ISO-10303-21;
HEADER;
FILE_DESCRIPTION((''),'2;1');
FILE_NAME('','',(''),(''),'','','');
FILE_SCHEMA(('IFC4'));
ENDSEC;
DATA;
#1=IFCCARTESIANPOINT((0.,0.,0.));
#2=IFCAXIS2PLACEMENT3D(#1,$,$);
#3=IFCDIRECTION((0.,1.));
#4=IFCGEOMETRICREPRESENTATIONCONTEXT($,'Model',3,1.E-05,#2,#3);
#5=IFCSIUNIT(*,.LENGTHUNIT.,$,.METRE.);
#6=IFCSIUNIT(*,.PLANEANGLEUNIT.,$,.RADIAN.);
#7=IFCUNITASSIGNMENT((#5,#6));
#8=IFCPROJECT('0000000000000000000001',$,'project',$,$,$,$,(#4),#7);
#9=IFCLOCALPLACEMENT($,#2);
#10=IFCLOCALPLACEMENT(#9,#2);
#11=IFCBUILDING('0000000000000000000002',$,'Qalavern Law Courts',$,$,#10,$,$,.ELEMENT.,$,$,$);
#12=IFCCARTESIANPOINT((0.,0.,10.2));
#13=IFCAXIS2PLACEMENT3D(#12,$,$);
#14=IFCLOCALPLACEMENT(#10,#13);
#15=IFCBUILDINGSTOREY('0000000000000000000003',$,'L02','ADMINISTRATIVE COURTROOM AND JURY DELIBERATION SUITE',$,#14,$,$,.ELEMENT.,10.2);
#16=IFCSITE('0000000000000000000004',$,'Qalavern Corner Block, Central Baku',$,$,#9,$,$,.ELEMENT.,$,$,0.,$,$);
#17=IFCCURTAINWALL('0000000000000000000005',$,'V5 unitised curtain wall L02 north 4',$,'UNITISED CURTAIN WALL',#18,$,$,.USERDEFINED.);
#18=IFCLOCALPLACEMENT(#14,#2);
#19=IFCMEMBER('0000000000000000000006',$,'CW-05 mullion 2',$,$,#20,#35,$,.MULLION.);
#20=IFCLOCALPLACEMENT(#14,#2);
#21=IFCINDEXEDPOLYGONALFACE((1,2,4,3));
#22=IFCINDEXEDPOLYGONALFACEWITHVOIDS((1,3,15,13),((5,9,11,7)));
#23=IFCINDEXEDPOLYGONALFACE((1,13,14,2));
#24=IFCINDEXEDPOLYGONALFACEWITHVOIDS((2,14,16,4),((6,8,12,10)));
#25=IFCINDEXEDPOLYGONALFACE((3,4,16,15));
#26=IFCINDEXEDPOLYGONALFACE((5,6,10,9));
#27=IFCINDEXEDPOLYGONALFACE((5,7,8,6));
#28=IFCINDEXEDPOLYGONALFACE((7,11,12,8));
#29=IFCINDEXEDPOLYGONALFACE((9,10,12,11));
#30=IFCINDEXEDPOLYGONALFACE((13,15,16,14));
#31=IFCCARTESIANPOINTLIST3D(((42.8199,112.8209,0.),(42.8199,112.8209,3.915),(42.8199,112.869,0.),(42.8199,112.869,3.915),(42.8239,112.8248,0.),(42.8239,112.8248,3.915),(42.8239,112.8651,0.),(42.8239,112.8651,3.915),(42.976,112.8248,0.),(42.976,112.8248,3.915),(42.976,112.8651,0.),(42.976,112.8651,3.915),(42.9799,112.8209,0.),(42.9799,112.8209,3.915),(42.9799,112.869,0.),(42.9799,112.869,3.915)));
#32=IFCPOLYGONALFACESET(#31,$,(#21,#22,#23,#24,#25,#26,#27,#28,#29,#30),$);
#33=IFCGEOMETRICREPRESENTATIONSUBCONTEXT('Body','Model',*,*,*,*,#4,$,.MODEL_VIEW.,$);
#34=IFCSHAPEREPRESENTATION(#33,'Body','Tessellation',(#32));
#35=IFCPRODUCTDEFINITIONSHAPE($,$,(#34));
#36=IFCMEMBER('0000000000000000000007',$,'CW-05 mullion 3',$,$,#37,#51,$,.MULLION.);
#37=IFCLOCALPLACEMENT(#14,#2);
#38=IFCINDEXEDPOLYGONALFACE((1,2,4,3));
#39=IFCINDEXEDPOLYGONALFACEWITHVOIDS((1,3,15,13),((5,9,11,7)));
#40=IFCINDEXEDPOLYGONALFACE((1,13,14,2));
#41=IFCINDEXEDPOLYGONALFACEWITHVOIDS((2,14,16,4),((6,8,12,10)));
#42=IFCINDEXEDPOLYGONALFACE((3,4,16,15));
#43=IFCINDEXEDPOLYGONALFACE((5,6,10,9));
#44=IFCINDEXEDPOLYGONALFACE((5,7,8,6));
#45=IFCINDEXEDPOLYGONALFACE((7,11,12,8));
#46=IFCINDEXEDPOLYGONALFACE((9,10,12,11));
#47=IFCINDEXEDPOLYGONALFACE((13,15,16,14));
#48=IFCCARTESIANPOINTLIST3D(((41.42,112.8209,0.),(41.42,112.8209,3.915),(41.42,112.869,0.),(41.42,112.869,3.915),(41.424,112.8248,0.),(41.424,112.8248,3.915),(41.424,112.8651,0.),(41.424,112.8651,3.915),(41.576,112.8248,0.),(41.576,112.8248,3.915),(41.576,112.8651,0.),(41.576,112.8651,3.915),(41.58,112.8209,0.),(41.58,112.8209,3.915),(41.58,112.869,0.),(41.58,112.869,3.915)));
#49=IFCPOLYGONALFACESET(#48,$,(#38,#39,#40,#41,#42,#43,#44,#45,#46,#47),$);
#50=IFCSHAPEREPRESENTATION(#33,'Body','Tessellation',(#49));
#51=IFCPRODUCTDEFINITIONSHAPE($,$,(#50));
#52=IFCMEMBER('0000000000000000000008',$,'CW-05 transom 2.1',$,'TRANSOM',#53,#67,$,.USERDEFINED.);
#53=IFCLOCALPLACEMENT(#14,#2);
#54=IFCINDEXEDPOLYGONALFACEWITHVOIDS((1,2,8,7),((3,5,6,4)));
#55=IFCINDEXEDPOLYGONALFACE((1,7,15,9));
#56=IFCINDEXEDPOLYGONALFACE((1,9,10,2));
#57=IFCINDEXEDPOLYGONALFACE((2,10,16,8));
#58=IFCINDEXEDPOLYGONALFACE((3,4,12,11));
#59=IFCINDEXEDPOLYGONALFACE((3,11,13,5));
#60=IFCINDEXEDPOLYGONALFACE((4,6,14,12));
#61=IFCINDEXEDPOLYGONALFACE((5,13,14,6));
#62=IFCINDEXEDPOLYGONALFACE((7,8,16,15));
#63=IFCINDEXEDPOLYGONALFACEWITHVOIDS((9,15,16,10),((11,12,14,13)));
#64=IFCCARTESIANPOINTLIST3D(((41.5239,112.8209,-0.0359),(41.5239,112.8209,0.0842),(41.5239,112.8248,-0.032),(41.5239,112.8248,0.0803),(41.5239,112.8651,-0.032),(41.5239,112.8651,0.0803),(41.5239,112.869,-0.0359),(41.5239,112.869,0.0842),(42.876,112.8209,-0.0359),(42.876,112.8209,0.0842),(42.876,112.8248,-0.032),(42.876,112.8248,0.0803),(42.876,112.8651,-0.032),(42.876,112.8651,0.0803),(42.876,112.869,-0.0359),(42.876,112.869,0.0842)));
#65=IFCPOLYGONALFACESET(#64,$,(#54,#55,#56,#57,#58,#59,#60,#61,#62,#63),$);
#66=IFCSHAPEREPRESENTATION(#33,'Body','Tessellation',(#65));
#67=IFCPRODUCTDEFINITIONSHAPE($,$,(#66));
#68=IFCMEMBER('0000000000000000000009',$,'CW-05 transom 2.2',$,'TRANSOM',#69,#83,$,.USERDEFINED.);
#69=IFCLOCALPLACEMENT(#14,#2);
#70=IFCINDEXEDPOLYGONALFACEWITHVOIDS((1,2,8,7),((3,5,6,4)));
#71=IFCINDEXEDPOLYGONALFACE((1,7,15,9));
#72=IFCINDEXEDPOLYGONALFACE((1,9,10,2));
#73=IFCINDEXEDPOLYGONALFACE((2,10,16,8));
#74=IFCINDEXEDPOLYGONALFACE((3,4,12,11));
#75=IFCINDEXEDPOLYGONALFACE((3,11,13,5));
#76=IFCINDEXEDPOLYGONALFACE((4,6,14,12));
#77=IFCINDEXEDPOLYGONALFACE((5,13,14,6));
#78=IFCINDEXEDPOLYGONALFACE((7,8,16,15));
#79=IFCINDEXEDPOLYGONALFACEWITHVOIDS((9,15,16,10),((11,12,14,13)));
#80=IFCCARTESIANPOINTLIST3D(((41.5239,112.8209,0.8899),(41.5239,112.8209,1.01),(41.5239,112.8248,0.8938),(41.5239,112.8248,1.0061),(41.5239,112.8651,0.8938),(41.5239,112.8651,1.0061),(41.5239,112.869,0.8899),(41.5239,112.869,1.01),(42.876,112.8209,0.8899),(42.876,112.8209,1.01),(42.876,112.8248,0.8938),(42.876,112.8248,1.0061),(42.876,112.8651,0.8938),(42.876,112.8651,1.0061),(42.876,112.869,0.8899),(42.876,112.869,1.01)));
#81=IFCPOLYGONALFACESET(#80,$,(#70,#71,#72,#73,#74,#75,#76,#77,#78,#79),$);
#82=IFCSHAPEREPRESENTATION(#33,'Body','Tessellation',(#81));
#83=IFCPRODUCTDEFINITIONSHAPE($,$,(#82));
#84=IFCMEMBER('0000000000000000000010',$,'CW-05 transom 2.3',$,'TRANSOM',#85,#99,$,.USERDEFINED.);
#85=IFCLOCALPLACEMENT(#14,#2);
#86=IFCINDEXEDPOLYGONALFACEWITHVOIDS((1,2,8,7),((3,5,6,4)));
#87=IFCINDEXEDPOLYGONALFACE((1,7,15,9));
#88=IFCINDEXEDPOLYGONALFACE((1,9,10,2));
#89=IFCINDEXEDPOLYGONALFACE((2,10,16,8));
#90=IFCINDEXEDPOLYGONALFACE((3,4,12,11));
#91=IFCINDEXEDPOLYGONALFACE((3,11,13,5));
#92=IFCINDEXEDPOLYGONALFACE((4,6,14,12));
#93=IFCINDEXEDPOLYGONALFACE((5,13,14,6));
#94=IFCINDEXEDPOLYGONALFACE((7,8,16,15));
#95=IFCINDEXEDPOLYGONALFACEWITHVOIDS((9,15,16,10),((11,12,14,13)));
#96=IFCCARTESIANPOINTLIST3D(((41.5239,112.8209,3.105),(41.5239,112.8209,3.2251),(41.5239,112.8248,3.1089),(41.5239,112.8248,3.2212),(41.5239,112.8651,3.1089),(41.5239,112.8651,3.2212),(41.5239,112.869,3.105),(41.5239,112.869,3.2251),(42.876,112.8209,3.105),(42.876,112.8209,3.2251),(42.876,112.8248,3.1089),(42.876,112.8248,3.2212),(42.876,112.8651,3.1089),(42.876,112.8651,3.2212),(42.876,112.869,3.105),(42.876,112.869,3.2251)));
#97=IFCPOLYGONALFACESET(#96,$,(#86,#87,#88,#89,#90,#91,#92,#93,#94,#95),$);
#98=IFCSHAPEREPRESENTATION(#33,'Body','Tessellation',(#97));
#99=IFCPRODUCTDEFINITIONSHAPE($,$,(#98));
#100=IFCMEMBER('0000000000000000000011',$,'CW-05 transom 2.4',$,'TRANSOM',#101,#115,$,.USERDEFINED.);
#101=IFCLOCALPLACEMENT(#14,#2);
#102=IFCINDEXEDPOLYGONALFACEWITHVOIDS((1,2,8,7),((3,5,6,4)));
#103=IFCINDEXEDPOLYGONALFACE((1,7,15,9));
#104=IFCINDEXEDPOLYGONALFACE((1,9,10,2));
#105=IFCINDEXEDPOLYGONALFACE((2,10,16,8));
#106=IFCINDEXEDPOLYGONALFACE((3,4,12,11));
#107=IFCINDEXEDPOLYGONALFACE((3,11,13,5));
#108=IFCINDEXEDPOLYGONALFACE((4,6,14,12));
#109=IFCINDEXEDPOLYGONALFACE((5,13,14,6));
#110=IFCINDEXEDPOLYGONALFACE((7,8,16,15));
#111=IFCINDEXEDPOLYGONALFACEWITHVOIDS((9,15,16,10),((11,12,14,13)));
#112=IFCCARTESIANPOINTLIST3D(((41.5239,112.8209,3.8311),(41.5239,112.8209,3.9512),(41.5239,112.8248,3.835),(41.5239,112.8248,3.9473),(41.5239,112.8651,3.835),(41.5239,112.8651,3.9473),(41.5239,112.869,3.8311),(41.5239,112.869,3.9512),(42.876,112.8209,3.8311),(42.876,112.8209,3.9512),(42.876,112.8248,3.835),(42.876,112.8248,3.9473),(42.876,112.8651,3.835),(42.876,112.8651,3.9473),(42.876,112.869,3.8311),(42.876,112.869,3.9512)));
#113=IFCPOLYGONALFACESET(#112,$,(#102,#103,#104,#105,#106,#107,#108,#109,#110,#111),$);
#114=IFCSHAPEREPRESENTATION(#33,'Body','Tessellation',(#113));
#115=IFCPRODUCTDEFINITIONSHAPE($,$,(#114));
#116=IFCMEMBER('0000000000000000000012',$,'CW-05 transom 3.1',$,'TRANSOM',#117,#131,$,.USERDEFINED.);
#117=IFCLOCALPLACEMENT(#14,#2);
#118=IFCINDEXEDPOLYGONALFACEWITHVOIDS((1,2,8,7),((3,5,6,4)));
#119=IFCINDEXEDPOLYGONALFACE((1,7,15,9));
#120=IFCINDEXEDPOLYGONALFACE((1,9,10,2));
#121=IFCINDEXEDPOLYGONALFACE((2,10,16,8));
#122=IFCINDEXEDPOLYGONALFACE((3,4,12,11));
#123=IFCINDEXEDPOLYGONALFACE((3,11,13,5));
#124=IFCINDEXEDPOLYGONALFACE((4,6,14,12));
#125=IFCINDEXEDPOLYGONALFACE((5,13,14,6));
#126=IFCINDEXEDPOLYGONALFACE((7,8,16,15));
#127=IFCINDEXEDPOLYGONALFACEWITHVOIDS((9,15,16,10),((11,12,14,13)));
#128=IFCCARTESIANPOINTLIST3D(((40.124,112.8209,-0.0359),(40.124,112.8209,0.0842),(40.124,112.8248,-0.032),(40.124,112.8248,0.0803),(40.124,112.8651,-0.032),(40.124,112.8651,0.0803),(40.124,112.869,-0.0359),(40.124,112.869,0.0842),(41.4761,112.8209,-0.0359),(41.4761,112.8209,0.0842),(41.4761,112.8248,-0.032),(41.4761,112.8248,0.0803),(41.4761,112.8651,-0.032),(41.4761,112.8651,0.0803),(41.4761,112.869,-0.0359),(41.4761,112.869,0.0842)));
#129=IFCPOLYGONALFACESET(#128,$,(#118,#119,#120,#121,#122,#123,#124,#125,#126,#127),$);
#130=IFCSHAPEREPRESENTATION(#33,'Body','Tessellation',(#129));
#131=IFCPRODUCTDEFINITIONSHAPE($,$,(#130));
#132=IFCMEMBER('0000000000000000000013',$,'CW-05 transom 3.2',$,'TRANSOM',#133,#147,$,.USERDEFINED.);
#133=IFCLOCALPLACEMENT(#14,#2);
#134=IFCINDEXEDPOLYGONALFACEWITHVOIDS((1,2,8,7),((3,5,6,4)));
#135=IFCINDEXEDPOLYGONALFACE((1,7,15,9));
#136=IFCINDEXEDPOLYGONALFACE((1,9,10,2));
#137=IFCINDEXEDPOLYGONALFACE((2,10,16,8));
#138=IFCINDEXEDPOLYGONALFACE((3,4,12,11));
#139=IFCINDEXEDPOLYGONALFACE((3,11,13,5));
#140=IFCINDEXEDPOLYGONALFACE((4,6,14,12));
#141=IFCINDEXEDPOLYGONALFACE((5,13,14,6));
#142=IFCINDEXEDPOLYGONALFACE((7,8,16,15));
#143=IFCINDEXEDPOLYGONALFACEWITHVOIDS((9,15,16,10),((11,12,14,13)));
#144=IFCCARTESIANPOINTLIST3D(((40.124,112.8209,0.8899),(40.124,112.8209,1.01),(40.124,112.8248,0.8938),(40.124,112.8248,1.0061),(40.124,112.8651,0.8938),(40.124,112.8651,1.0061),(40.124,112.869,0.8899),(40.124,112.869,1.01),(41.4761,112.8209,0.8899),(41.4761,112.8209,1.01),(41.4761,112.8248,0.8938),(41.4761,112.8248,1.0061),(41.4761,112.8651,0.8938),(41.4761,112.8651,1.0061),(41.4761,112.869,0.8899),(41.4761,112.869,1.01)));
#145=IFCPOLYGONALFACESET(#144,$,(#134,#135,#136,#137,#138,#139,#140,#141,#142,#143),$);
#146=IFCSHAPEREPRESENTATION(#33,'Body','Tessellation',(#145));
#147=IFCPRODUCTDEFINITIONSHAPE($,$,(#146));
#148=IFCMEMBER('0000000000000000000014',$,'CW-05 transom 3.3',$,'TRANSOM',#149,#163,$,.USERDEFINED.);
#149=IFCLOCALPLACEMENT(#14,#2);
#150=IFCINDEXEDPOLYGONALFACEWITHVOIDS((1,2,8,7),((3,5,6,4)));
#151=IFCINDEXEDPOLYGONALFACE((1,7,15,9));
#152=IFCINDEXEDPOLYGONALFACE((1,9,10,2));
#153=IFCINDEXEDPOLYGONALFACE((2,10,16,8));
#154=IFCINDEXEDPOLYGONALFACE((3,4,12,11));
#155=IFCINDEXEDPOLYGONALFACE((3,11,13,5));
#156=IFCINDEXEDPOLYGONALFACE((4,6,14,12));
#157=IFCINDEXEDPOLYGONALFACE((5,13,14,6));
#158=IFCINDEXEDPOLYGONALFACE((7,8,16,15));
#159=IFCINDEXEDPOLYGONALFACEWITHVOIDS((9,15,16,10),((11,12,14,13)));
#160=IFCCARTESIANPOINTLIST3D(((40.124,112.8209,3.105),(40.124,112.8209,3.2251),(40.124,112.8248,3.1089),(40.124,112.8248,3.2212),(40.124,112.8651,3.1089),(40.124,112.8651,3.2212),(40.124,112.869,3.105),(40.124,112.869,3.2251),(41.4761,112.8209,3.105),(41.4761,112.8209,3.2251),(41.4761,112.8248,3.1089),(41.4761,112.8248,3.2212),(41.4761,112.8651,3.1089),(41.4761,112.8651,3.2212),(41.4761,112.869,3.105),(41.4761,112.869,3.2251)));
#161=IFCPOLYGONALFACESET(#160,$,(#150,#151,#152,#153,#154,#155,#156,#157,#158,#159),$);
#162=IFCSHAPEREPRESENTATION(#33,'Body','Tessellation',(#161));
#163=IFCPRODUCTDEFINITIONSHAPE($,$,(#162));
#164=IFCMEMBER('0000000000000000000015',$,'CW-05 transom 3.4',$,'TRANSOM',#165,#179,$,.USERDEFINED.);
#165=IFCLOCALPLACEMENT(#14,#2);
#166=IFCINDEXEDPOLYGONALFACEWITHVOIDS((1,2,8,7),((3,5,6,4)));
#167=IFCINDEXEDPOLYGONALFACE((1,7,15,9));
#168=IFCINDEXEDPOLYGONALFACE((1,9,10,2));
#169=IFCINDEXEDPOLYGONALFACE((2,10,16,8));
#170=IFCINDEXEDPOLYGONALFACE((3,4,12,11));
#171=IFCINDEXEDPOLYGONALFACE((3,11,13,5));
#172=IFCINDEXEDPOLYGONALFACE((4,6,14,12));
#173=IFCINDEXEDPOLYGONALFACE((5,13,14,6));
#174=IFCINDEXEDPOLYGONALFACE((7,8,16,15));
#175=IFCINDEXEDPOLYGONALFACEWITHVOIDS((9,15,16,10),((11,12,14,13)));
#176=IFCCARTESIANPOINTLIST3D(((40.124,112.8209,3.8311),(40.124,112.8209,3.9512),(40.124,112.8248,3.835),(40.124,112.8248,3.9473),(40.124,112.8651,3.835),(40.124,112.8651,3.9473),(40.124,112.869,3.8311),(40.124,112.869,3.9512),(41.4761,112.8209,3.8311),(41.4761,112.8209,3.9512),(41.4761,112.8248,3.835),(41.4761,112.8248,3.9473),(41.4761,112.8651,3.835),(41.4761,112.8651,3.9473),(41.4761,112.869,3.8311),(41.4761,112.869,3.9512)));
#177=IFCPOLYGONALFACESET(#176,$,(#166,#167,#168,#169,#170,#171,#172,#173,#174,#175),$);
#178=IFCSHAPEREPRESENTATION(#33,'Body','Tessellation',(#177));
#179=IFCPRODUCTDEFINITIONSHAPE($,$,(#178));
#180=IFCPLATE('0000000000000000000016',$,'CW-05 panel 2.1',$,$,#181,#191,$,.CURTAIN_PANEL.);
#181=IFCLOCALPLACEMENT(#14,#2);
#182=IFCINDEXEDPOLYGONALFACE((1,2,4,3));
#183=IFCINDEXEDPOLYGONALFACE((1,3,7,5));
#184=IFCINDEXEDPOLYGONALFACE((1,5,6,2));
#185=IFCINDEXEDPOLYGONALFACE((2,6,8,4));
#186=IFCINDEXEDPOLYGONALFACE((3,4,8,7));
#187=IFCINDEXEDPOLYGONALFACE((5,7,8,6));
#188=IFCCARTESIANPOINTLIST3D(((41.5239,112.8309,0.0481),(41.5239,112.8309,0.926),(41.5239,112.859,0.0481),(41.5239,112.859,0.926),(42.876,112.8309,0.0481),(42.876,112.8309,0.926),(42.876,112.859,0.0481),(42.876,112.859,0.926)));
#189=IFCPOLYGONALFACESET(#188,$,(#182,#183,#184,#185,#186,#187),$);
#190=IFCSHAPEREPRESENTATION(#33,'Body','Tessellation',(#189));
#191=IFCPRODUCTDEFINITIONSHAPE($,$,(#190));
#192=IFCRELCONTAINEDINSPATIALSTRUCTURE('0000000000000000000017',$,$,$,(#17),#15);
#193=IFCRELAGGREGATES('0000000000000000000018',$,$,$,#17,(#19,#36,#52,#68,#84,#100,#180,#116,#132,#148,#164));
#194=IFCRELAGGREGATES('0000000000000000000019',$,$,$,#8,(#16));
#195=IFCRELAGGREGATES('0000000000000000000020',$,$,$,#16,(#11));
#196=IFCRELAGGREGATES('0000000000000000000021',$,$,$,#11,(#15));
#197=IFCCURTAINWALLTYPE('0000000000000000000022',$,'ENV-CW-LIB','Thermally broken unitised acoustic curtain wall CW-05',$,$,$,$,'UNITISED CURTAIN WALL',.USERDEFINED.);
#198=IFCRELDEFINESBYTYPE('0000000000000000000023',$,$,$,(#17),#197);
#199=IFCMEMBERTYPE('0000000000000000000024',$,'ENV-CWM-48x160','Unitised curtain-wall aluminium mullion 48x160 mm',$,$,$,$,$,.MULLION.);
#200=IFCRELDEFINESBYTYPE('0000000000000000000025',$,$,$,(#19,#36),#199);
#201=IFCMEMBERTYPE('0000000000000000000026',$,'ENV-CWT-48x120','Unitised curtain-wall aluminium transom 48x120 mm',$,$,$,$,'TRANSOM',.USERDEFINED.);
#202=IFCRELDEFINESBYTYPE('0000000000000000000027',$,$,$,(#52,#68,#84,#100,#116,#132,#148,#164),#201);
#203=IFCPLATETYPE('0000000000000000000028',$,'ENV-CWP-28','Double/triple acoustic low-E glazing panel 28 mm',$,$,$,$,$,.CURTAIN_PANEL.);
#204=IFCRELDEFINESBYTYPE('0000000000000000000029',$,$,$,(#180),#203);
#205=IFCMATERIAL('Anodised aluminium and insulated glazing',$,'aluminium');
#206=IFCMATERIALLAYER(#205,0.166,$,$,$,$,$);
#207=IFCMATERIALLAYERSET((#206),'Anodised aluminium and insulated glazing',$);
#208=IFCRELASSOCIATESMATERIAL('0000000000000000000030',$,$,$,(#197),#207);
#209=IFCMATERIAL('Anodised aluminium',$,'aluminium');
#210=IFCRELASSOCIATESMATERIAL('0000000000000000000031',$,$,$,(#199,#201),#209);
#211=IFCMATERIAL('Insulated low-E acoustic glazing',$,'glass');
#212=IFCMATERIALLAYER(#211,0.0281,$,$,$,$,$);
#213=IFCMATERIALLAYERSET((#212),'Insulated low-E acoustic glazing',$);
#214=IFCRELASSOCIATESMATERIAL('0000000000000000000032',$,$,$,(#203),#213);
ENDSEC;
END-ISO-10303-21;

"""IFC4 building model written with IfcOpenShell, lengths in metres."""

from ifc_helpers import new_model, si_unit, direction, frame, origin, origin_2d, place, context, subcontext, project, spatial, rectangle, hollow_rectangle, extrude, material, layer, layer_set, material_profile, profile_set, type_object, element, aggregate, save


model = new_model("IFC4")

# Units and contexts
model_context = context("Model", 3, precision=1e-05, world=origin(), true_north=direction((0.0, 1.0)))
body_context = subcontext(model_context, "Body", "Model", "MODEL_VIEW")
ifc_project = project(units=[si_unit("LENGTHUNIT", "METRE"), si_unit("PLANEANGLEUNIT", "RADIAN")], contexts=[model_context])

# Site, building, storey
site_placement = place(None, origin())
site = spatial("IfcSite", under=ifc_project, at=site_placement, Name="Qalavern Corner Block, Central Baku", CompositionType="ELEMENT", RefElevation=0.0)
building_placement = place(site_placement, origin())
building = spatial("IfcBuilding", under=site, at=building_placement, Name="Qalavern Law Courts", CompositionType="ELEMENT")
storey_placement = place(building_placement, frame((0.0, 0.0, 10.2)))
storey = spatial("IfcBuildingStorey", under=building, at=storey_placement, Name="L02", Description="ADMINISTRATIVE COURTROOM AND JURY DELIBERATION SUITE", CompositionType="ELEMENT", Elevation=10.2)

# Curtain wall, members, plate
ifc_material_1 = material(Name="Anodised aluminium and insulated glazing", Category="aluminium")
ifc_layer_1 = layer(ifc_material_1, 0.166)
ifc_layer_set_1 = layer_set([ifc_layer_1], Name="Anodised aluminium and insulated glazing")
curtain_wall_type = type_object("IfcCurtainWallType", Name="ENV-CW-LIB", Description="Thermally broken unitised acoustic curtain wall CW-05", ElementType="UNITISED CURTAIN WALL", PredefinedType="USERDEFINED", material=ifc_layer_set_1)
curtain_wall_placement = place(storey_placement, origin())
curtain_wall = element("IfcCurtainWall", 1, at=curtain_wall_placement, inside=storey, type_object=curtain_wall_type, Name="V5 unitised curtain wall L02 north 4", ObjectType="UNITISED CURTAIN WALL", PredefinedType="USERDEFINED")
ifc_material_2 = material(Name="Anodised aluminium", Category="aluminium")
ifc_material_profile_1 = material_profile(ifc_material_2, hollow_rectangle(XDim=0.0481, YDim=0.1599, WallThickness=0.0039, at=origin_2d()), Name="ALU MULLION 48x160")
ifc_profile_set_1 = profile_set([ifc_material_profile_1], Name="Anodised aluminium")
member_type_1 = type_object("IfcMemberType", Name="ENV-CWM-48x160", Description="Unitised curtain-wall aluminium mullion 48x160 mm", PredefinedType="MULLION", material=ifc_profile_set_1)
member_1_placement = place(storey_placement, frame((42.8999, 112.845, 0.0), z_axis=(0.0, 0.0, 1.0), x_axis=(0.0, -1.0, 0.0)))
member_1 = element("IfcMember", 2, at=member_1_placement, type_object=member_type_1, Name="CW-05 mullion 2", PredefinedType="MULLION", context=body_context, shape_type="SweptSolid", body=[
    extrude(hollow_rectangle(XDim=0.0481, YDim=0.1599, WallThickness=0.0039, at=origin_2d()), origin(), (0.0, 0.0, 1.0), 3.915),
])
member_2_placement = place(storey_placement, frame((41.5, 112.845, 0.0), z_axis=(0.0, 0.0, 1.0), x_axis=(0.0, -1.0, 0.0)))
member_2 = element("IfcMember", 3, at=member_2_placement, type_object=member_type_1, Name="CW-05 mullion 3", PredefinedType="MULLION", context=body_context, shape_type="SweptSolid", body=[
    extrude(hollow_rectangle(XDim=0.0481, YDim=0.1599, WallThickness=0.0039, at=origin_2d()), origin(), (0.0, 0.0, 1.0), 3.915),
])
ifc_material_profile_2 = material_profile(ifc_material_2, hollow_rectangle(XDim=0.0481, YDim=0.1201, WallThickness=0.0039, at=origin_2d()), Name="ALU TRANSOM 48x120")
ifc_profile_set_2 = profile_set([ifc_material_profile_2], Name="Anodised aluminium")
member_type_2 = type_object("IfcMemberType", Name="ENV-CWT-48x120", Description="Unitised curtain-wall aluminium transom 48x120 mm", ElementType="TRANSOM", PredefinedType="USERDEFINED", material=ifc_profile_set_2)
member_3_placement = place(storey_placement, frame((42.876, 112.845, 0.0242), z_axis=(-1.0, 0.0, 0.0), x_axis=(0.0, -1.0, 0.0)))
member_3 = element("IfcMember", 4, at=member_3_placement, type_object=member_type_2, Name="CW-05 transom 2.1", ObjectType="TRANSOM", PredefinedType="USERDEFINED", context=body_context, shape_type="SweptSolid", body=[
    extrude(hollow_rectangle(XDim=0.0481, YDim=0.1201, WallThickness=0.0039, at=origin_2d()), origin(), (0.0, 0.0, 1.0), 1.3521),
])
member_4_placement = place(storey_placement, frame((42.876, 112.845, 0.95), z_axis=(-1.0, 0.0, 0.0), x_axis=(0.0, -1.0, 0.0)))
member_4 = element("IfcMember", 5, at=member_4_placement, type_object=member_type_2, Name="CW-05 transom 2.2", ObjectType="TRANSOM", PredefinedType="USERDEFINED", context=body_context, shape_type="SweptSolid", body=[
    extrude(hollow_rectangle(XDim=0.0481, YDim=0.1201, WallThickness=0.0039, at=origin_2d()), origin(), (0.0, 0.0, 1.0), 1.3521),
])
member_5_placement = place(storey_placement, frame((42.876, 112.845, 3.165), z_axis=(-1.0, 0.0, 0.0), x_axis=(0.0, -1.0, 0.0)))
member_5 = element("IfcMember", 6, at=member_5_placement, type_object=member_type_2, Name="CW-05 transom 2.3", ObjectType="TRANSOM", PredefinedType="USERDEFINED", context=body_context, shape_type="SweptSolid", body=[
    extrude(hollow_rectangle(XDim=0.0481, YDim=0.1201, WallThickness=0.0039, at=origin_2d()), origin(), (0.0, 0.0, 1.0), 1.3521),
])
member_6_placement = place(storey_placement, frame((42.876, 112.845, 3.8911), z_axis=(-1.0, 0.0, 0.0), x_axis=(0.0, -1.0, 0.0)))
member_6 = element("IfcMember", 7, at=member_6_placement, type_object=member_type_2, Name="CW-05 transom 2.4", ObjectType="TRANSOM", PredefinedType="USERDEFINED", context=body_context, shape_type="SweptSolid", body=[
    extrude(hollow_rectangle(XDim=0.0481, YDim=0.1201, WallThickness=0.0039, at=origin_2d()), origin(), (0.0, 0.0, 1.0), 1.3521),
])
member_7_placement = place(storey_placement, frame((41.4761, 112.845, 0.0242), z_axis=(-1.0, 0.0, 0.0), x_axis=(0.0, -1.0, 0.0)))
member_7 = element("IfcMember", 8, at=member_7_placement, type_object=member_type_2, Name="CW-05 transom 3.1", ObjectType="TRANSOM", PredefinedType="USERDEFINED", context=body_context, shape_type="SweptSolid", body=[
    extrude(hollow_rectangle(XDim=0.0481, YDim=0.1201, WallThickness=0.0039, at=origin_2d()), origin(), (0.0, 0.0, 1.0), 1.3521),
])
member_8_placement = place(storey_placement, frame((41.4761, 112.845, 0.95), z_axis=(-1.0, 0.0, 0.0), x_axis=(0.0, -1.0, 0.0)))
member_8 = element("IfcMember", 9, at=member_8_placement, type_object=member_type_2, Name="CW-05 transom 3.2", ObjectType="TRANSOM", PredefinedType="USERDEFINED", context=body_context, shape_type="SweptSolid", body=[
    extrude(hollow_rectangle(XDim=0.0481, YDim=0.1201, WallThickness=0.0039, at=origin_2d()), origin(), (0.0, 0.0, 1.0), 1.3521),
])
member_9_placement = place(storey_placement, frame((41.4761, 112.845, 3.165), z_axis=(-1.0, 0.0, 0.0), x_axis=(0.0, -1.0, 0.0)))
member_9 = element("IfcMember", 10, at=member_9_placement, type_object=member_type_2, Name="CW-05 transom 3.3", ObjectType="TRANSOM", PredefinedType="USERDEFINED", context=body_context, shape_type="SweptSolid", body=[
    extrude(hollow_rectangle(XDim=0.0481, YDim=0.1201, WallThickness=0.0039, at=origin_2d()), origin(), (0.0, 0.0, 1.0), 1.3521),
])
member_10_placement = place(storey_placement, frame((41.4761, 112.845, 3.8911), z_axis=(-1.0, 0.0, 0.0), x_axis=(0.0, -1.0, 0.0)))
member_10 = element("IfcMember", 11, at=member_10_placement, type_object=member_type_2, Name="CW-05 transom 3.4", ObjectType="TRANSOM", PredefinedType="USERDEFINED", context=body_context, shape_type="SweptSolid", body=[
    extrude(hollow_rectangle(XDim=0.0481, YDim=0.1201, WallThickness=0.0039, at=origin_2d()), origin(), (0.0, 0.0, 1.0), 1.3521),
])
ifc_material_3 = material(Name="Insulated low-E acoustic glazing", Category="glass")
ifc_layer_2 = layer(ifc_material_3, 0.0281)
ifc_layer_set_2 = layer_set([ifc_layer_2], Name="Insulated low-E acoustic glazing")
plate_type = type_object("IfcPlateType", Name="ENV-CWP-28", Description="Double/triple acoustic low-E glazing panel 28 mm", PredefinedType="CURTAIN_PANEL", material=ifc_layer_set_2)
plate_1_placement = place(storey_placement, frame((42.2, 112.845, 0.0481), z_axis=(0.0, 0.0, 1.0), x_axis=(-1.0, 0.0, 0.0)))
plate_1 = element("IfcPlate", 12, at=plate_1_placement, type_object=plate_type, Name="CW-05 panel 2.1", PredefinedType="CURTAIN_PANEL", context=body_context, shape_type="SweptSolid", body=[
    extrude(rectangle(XDim=1.3521, YDim=0.0281, at=origin_2d()), origin(), (0.0, 0.0, 1.0), 0.8779),
])
aggregate(curtain_wall, [member_1, member_2, member_3, member_4, member_5, member_6, plate_1, member_7, member_8, member_9, member_10])

save(model, "model.ifc")
